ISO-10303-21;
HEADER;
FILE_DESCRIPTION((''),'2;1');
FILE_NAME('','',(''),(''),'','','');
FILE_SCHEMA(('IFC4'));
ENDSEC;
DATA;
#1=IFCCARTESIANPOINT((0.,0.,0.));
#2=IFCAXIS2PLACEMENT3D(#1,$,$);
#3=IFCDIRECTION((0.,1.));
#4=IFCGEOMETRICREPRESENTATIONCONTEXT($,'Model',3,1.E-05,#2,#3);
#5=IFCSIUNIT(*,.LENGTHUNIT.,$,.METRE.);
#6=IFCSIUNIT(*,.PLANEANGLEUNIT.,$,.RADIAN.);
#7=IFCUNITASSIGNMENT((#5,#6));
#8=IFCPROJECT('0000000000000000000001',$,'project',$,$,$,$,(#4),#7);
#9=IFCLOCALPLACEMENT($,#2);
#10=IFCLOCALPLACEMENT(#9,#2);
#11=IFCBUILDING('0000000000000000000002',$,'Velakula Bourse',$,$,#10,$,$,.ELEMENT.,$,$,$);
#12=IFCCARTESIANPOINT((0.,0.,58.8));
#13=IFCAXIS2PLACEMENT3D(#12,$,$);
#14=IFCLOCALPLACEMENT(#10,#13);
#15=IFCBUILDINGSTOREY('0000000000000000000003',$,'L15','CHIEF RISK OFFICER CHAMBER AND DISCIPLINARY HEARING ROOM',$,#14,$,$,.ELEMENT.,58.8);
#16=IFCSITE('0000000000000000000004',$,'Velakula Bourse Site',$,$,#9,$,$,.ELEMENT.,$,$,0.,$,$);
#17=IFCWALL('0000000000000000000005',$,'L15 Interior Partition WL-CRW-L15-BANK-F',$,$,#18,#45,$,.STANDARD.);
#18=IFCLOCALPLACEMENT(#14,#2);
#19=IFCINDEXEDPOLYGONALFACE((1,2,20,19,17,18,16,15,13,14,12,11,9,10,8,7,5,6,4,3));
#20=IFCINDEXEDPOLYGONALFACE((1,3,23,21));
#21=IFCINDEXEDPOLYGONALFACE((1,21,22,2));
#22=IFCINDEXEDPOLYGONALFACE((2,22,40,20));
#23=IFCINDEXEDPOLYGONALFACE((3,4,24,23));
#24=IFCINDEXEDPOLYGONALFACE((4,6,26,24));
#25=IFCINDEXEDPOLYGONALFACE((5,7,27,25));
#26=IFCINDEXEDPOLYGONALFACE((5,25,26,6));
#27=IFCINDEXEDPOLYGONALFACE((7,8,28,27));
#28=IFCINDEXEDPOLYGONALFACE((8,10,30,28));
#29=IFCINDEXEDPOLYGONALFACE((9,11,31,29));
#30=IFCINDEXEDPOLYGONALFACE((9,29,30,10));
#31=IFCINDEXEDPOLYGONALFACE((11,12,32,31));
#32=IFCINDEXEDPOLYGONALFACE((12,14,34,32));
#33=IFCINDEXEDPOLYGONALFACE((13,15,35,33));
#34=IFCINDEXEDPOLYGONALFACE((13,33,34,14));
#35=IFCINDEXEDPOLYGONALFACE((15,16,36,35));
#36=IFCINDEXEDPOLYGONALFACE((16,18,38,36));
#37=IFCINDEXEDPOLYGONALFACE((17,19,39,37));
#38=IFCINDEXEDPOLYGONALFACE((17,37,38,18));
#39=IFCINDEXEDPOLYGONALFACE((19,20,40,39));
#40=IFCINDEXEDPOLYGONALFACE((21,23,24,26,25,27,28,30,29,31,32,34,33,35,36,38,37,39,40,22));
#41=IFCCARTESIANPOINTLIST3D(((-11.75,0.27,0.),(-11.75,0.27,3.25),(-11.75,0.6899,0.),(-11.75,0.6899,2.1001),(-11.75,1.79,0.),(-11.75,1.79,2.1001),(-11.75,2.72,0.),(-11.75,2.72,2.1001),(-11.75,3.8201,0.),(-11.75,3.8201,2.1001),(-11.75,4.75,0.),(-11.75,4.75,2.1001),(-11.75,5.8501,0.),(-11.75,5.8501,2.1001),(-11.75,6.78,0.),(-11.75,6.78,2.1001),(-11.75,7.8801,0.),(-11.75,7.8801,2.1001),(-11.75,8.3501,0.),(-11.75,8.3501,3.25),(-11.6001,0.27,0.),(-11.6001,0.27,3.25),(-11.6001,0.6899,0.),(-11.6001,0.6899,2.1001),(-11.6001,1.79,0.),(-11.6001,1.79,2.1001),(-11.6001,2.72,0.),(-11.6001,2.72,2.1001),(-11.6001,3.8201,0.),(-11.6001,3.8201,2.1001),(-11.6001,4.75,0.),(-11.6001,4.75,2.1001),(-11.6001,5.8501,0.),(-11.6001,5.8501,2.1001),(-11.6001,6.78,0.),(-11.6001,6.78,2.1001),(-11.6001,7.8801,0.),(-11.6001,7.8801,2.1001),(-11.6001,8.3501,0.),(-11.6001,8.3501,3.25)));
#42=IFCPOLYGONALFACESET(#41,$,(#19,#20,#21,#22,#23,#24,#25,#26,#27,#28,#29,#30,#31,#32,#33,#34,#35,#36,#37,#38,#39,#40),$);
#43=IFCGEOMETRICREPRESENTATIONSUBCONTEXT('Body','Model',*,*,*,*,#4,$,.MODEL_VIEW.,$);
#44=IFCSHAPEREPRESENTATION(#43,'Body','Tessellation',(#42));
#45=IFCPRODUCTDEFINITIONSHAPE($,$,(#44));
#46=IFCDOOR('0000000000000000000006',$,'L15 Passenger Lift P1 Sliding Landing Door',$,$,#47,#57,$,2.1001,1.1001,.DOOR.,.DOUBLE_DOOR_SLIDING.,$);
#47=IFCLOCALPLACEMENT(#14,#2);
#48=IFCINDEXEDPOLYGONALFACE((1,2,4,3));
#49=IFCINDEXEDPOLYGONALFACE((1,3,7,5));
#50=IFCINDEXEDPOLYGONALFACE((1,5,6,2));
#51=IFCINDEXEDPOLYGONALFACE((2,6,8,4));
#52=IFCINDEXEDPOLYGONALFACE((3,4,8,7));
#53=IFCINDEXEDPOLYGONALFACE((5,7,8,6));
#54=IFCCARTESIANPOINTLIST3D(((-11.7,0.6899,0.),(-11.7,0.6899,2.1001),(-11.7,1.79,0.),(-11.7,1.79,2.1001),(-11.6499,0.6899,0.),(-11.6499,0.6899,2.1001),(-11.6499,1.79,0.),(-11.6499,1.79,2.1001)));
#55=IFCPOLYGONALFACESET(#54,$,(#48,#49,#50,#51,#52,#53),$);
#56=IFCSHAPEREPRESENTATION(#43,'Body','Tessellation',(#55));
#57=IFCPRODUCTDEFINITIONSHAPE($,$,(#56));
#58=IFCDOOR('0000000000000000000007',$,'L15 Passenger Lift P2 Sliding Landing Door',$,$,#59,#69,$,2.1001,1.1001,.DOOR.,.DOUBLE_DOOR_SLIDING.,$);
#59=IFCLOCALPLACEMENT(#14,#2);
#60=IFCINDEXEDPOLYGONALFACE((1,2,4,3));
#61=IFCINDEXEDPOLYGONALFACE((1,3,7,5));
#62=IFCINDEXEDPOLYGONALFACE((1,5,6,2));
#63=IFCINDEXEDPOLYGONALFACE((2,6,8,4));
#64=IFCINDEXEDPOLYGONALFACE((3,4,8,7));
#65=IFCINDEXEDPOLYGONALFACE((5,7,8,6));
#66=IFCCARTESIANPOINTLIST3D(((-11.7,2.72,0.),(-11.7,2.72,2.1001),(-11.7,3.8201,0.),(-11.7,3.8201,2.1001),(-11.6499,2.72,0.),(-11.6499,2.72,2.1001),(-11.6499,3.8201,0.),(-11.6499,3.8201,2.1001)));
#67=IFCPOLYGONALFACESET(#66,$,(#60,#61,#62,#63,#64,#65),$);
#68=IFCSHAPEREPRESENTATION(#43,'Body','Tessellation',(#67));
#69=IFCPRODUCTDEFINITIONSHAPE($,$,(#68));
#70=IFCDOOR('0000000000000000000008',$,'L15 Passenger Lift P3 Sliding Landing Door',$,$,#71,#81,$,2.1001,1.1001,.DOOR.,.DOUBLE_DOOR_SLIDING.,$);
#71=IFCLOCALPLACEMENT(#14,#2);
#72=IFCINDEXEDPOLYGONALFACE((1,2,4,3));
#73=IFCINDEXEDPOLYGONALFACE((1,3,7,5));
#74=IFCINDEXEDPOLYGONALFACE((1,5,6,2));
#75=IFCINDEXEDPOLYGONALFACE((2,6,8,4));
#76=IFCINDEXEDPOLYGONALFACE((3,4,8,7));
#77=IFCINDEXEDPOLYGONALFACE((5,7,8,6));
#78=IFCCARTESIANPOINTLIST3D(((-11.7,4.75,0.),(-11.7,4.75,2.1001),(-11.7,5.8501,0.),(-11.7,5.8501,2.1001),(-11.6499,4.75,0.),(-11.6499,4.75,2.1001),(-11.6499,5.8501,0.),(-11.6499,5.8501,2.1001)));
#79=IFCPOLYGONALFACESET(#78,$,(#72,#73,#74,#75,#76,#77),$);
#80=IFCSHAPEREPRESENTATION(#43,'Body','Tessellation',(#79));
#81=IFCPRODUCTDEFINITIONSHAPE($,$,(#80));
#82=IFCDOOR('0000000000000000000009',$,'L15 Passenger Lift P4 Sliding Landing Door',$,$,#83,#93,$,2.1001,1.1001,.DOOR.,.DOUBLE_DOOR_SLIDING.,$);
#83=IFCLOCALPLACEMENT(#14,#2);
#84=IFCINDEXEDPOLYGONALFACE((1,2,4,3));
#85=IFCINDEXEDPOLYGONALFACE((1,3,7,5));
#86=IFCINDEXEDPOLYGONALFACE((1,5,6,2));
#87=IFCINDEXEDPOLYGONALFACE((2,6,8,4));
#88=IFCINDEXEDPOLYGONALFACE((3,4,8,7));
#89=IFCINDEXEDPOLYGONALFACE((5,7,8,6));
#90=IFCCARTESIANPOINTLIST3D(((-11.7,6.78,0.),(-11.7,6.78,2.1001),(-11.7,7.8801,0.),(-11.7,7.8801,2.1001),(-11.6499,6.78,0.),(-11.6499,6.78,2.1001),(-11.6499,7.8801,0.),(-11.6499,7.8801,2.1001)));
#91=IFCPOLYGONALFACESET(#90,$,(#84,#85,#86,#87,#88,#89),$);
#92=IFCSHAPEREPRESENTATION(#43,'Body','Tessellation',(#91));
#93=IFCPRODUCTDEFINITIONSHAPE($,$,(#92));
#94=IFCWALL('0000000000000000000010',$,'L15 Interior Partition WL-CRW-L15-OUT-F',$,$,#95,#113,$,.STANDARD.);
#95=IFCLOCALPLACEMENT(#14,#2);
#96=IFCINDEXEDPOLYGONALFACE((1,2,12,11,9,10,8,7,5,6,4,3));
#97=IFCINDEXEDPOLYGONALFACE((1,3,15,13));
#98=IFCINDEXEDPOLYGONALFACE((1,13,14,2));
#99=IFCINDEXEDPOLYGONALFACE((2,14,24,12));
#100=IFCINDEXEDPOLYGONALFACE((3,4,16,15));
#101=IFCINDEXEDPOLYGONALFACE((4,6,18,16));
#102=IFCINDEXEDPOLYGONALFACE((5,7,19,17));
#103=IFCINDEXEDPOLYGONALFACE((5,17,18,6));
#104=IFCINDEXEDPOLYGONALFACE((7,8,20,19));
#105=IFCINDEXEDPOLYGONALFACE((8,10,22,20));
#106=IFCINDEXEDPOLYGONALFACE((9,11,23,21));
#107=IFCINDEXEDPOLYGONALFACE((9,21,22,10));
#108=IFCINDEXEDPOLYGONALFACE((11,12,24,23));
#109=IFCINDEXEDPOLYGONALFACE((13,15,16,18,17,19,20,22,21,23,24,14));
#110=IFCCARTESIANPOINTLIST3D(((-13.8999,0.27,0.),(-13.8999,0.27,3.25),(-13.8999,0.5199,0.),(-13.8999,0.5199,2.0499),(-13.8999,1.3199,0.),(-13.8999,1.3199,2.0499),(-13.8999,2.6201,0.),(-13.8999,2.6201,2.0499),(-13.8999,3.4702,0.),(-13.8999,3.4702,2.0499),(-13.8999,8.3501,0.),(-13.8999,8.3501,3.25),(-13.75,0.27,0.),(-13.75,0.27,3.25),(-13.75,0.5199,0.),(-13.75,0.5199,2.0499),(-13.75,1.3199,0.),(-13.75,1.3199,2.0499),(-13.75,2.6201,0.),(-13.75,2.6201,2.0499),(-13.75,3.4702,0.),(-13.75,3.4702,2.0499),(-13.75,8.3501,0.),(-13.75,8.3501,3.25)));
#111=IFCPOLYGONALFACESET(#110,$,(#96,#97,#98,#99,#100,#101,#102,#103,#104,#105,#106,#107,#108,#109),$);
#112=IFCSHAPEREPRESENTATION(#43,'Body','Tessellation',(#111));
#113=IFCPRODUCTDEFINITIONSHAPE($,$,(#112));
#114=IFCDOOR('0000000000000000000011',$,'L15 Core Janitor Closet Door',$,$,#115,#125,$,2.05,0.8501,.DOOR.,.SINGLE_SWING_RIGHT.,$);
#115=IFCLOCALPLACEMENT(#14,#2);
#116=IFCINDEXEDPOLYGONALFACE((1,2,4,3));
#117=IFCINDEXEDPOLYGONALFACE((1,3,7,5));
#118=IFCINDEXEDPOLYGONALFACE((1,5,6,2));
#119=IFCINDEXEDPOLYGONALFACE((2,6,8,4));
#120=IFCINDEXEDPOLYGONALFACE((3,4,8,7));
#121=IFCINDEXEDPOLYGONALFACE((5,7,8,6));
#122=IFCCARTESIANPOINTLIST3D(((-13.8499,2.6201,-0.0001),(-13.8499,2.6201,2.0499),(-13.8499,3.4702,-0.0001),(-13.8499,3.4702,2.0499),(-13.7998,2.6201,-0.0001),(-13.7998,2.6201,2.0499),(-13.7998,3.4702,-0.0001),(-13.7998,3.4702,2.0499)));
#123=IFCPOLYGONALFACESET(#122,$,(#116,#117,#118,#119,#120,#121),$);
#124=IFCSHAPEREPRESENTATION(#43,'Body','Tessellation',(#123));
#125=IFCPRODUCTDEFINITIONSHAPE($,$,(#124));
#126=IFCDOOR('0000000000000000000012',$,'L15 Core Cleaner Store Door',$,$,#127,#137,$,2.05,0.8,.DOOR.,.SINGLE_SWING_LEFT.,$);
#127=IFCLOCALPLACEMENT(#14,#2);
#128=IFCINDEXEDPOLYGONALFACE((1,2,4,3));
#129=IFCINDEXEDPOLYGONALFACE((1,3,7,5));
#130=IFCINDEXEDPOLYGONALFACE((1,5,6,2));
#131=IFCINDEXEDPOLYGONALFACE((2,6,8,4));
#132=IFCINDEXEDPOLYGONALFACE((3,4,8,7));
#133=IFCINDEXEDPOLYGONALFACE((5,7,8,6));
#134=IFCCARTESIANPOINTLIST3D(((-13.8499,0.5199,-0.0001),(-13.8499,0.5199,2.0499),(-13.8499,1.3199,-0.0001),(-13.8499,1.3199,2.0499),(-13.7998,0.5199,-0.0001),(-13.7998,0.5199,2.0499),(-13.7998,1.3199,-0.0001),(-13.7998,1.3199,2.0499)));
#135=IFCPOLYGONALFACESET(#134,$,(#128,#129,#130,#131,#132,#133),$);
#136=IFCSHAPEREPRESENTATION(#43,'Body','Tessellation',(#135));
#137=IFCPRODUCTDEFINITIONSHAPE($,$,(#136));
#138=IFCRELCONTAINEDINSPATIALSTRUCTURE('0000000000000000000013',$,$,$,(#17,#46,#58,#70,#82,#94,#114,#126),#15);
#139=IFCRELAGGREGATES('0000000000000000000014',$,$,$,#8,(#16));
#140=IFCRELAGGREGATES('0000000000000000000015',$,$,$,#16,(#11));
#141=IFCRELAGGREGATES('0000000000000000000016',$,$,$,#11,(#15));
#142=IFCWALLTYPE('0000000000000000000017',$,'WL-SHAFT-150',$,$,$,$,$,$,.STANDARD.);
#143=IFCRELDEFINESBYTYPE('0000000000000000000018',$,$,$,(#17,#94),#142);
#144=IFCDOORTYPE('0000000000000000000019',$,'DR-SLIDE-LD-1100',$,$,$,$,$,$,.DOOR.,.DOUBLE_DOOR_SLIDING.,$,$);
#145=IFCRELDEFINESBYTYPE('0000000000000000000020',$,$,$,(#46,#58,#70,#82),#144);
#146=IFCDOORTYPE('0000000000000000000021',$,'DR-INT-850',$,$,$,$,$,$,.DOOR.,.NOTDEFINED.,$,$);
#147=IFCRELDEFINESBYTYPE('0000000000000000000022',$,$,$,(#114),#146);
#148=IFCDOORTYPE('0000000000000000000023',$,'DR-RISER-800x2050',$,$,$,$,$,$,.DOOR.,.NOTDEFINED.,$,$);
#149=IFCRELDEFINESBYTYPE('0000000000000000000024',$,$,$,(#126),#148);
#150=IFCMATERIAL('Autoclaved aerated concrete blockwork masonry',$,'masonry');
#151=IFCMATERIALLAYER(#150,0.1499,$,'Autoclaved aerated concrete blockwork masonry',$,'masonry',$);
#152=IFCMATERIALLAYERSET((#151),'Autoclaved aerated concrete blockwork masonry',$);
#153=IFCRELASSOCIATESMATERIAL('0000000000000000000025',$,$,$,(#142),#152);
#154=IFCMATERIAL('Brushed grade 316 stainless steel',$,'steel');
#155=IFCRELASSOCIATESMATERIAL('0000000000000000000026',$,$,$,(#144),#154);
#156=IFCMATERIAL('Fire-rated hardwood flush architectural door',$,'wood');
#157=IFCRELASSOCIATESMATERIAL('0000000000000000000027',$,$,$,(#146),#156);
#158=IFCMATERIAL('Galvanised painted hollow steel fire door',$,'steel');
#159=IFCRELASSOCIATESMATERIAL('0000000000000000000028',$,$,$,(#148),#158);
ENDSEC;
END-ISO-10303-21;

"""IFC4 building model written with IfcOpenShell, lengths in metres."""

from ifc_helpers import new_model, si_unit, direction, frame, frame_2d, origin, place, context, subcontext, project, spatial, rectangle, extrude, material, layer, layer_set, type_object, element, fill, save


model = new_model("IFC4")

# Units and contexts
model_context = context("Model", 3, precision=1e-05, world=origin(), true_north=direction((0.0, 1.0)))
body_context = subcontext(model_context, "Body", "Model", "MODEL_VIEW")
ifc_project = project(units=[si_unit("LENGTHUNIT", "METRE"), si_unit("PLANEANGLEUNIT", "RADIAN")], contexts=[model_context])

# Site, building, storey
site_placement = place(None, origin())
site = spatial("IfcSite", under=ifc_project, at=site_placement, Name="Velakula Bourse Site", CompositionType="ELEMENT", RefElevation=0.0)
building_placement = place(site_placement, origin())
building = spatial("IfcBuilding", under=site, at=building_placement, Name="Velakula Bourse", CompositionType="ELEMENT")
storey_placement = place(building_placement, frame((0.0, 0.0, 58.8)))
storey = spatial("IfcBuildingStorey", under=building, at=storey_placement, Name="L15", Description="CHIEF RISK OFFICER CHAMBER AND DISCIPLINARY HEARING ROOM", CompositionType="ELEMENT", Elevation=58.8)

# Shared definitions
ifc_material_1 = material(Name="Fire-rated hardwood flush architectural door", Category="wood")

# Shared definitions
ifc_material_2 = material(Name="Autoclaved aerated concrete blockwork masonry", Category="masonry")
ifc_layer_1 = layer(ifc_material_2, 0.1499, Name="Autoclaved aerated concrete blockwork masonry", Category="masonry")
ifc_layer_set_1 = layer_set([ifc_layer_1], Name="Autoclaved aerated concrete blockwork masonry")
wall_type_1 = type_object("IfcWallType", Name="WL-SHAFT-150", PredefinedType="STANDARD", material=ifc_layer_set_1)

# Walls, openings, doors
wall_1_placement = place(storey_placement, frame((-11.675, 0.27, 0.0), z_axis=(0.0, 0.0, 1.0), x_axis=(0.0, 1.0, 0.0)))
wall_1 = element("IfcWall", 1, at=wall_1_placement, inside=storey, type_object=wall_type_1, Name="L15 Interior Partition WL-CRW-L15-BANK-F", PredefinedType="STANDARD", context=body_context, shape_type="SweptSolid", body=[
    extrude(rectangle(XDim=8.0801, YDim=0.1499, at=frame_2d((4.04, 0.0))), origin(), (0.0, 0.0, 1.0), 3.25),
])
opening_1_placement = place(wall_1_placement, frame((0.4199, 0.0, 0.0)))
opening_1 = element("IfcOpeningElement", 2, at=opening_1_placement, cuts=wall_1, PredefinedType="OPENING", context=body_context, shape_type="SweptSolid", body=[
    extrude(rectangle(XDim=1.1001, YDim=2.1001, at=frame_2d((0.55, 1.05))), frame((0.0, 0.085, 0.0), z_axis=(0.0, -1.0, 0.0), x_axis=(1.0, 0.0, 0.0)), (0.0, 0.0, 1.0), 0.1699),
])
opening_2_placement = place(wall_1_placement, frame((2.45, 0.0, 0.0)))
opening_2 = element("IfcOpeningElement", 3, at=opening_2_placement, cuts=wall_1, PredefinedType="OPENING", context=body_context, shape_type="SweptSolid", body=[
    extrude(rectangle(XDim=1.1001, YDim=2.1001, at=frame_2d((0.55, 1.05))), frame((0.0, 0.085, 0.0), z_axis=(0.0, -1.0, 0.0), x_axis=(1.0, 0.0, 0.0)), (0.0, 0.0, 1.0), 0.1699),
])
opening_3_placement = place(wall_1_placement, frame((4.48, 0.0, 0.0)))
opening_3 = element("IfcOpeningElement", 4, at=opening_3_placement, cuts=wall_1, PredefinedType="OPENING", context=body_context, shape_type="SweptSolid", body=[
    extrude(rectangle(XDim=1.1001, YDim=2.1001, at=frame_2d((0.55, 1.05))), frame((0.0, 0.085, 0.0), z_axis=(0.0, -1.0, 0.0), x_axis=(1.0, 0.0, 0.0)), (0.0, 0.0, 1.0), 0.1699),
])
opening_4_placement = place(wall_1_placement, frame((6.51, 0.0, 0.0)))
opening_4 = element("IfcOpeningElement", 5, at=opening_4_placement, cuts=wall_1, PredefinedType="OPENING", context=body_context, shape_type="SweptSolid", body=[
    extrude(rectangle(XDim=1.1001, YDim=2.1001, at=frame_2d((0.55, 1.05))), frame((0.0, 0.085, 0.0), z_axis=(0.0, -1.0, 0.0), x_axis=(1.0, 0.0, 0.0)), (0.0, 0.0, 1.0), 0.1699),
])
ifc_material_3 = material(Name="Brushed grade 316 stainless steel", Category="steel")
door_type_1 = type_object("IfcDoorType", Name="DR-SLIDE-LD-1100", OperationType="DOUBLE_DOOR_SLIDING", PredefinedType="DOOR", material=ifc_material_3)
door_1_placement = place(opening_1_placement, origin())
door_1 = element("IfcDoor", 6, at=door_1_placement, inside=storey, type_object=door_type_1, Name="L15 Passenger Lift P1 Sliding Landing Door", OperationType="DOUBLE_DOOR_SLIDING", OverallHeight=2.1001, OverallWidth=1.1001, PredefinedType="DOOR", context=body_context, shape_type="SweptSolid", body=[
    extrude(rectangle(XDim=1.1001, YDim=2.1001, at=frame_2d((0.55, 1.05))), frame((0.0, 0.0249, 0.0), z_axis=(0.0, -1.0, 0.0), x_axis=(1.0, 0.0, 0.0)), (0.0, 0.0, 1.0), 0.05),
])
fill(opening_1, door_1)
door_2_placement = place(opening_2_placement, origin())
door_2 = element("IfcDoor", 7, at=door_2_placement, inside=storey, type_object=door_type_1, Name="L15 Passenger Lift P2 Sliding Landing Door", OperationType="DOUBLE_DOOR_SLIDING", OverallHeight=2.1001, OverallWidth=1.1001, PredefinedType="DOOR", context=body_context, shape_type="SweptSolid", body=[
    extrude(rectangle(XDim=1.1001, YDim=2.1001, at=frame_2d((0.55, 1.05))), frame((0.0, 0.0249, 0.0), z_axis=(0.0, -1.0, 0.0), x_axis=(1.0, 0.0, 0.0)), (0.0, 0.0, 1.0), 0.05),
])
fill(opening_2, door_2)
door_3_placement = place(opening_3_placement, origin())
door_3 = element("IfcDoor", 8, at=door_3_placement, inside=storey, type_object=door_type_1, Name="L15 Passenger Lift P3 Sliding Landing Door", OperationType="DOUBLE_DOOR_SLIDING", OverallHeight=2.1001, OverallWidth=1.1001, PredefinedType="DOOR", context=body_context, shape_type="SweptSolid", body=[
    extrude(rectangle(XDim=1.1001, YDim=2.1001, at=frame_2d((0.55, 1.05))), frame((0.0, 0.0249, 0.0), z_axis=(0.0, -1.0, 0.0), x_axis=(1.0, 0.0, 0.0)), (0.0, 0.0, 1.0), 0.05),
])
fill(opening_3, door_3)
door_4_placement = place(opening_4_placement, origin())
door_4 = element("IfcDoor", 9, at=door_4_placement, inside=storey, type_object=door_type_1, Name="L15 Passenger Lift P4 Sliding Landing Door", OperationType="DOUBLE_DOOR_SLIDING", OverallHeight=2.1001, OverallWidth=1.1001, PredefinedType="DOOR", context=body_context, shape_type="SweptSolid", body=[
    extrude(rectangle(XDim=1.1001, YDim=2.1001, at=frame_2d((0.55, 1.05))), frame((0.0, 0.0249, 0.0), z_axis=(0.0, -1.0, 0.0), x_axis=(1.0, 0.0, 0.0)), (0.0, 0.0, 1.0), 0.05),
])
fill(opening_4, door_4)
wall_2_placement = place(storey_placement, frame((-13.825, 0.27, 0.0), z_axis=(0.0, 0.0, 1.0), x_axis=(0.0, 1.0, 0.0)))
wall_2 = element("IfcWall", 10, at=wall_2_placement, inside=storey, type_object=wall_type_1, Name="L15 Interior Partition WL-CRW-L15-OUT-F", PredefinedType="STANDARD", context=body_context, shape_type="SweptSolid", body=[
    extrude(rectangle(XDim=8.0801, YDim=0.1499, at=frame_2d((4.04, 0.0))), origin(), (0.0, 0.0, 1.0), 3.25),
])
opening_5_placement = place(wall_2_placement, frame((0.25, 0.0, 0.0)))
opening_5 = element("IfcOpeningElement", 11, at=opening_5_placement, cuts=wall_2, PredefinedType="OPENING", context=body_context, shape_type="SweptSolid", body=[
    extrude(rectangle(XDim=0.8, YDim=2.05, at=frame_2d((0.3999, 1.0249))), frame((0.0, 0.085, 0.0), z_axis=(0.0, -1.0, 0.0), x_axis=(1.0, 0.0, 0.0)), (0.0, 0.0, 1.0), 0.1699),
])
opening_6_placement = place(wall_2_placement, frame((2.3501, 0.0, 0.0)))
opening_6 = element("IfcOpeningElement", 12, at=opening_6_placement, cuts=wall_2, PredefinedType="OPENING", context=body_context, shape_type="SweptSolid", body=[
    extrude(rectangle(XDim=0.8501, YDim=2.05, at=frame_2d((0.425, 1.0249))), frame((0.0, 0.085, 0.0), z_axis=(0.0, -1.0, 0.0), x_axis=(1.0, 0.0, 0.0)), (0.0, 0.0, 1.0), 0.1699),
])
door_type_2 = type_object("IfcDoorType", Name="DR-INT-850", OperationType="NOTDEFINED", PredefinedType="DOOR", material=ifc_material_1)
door_5_placement = place(opening_6_placement, origin())
door_5 = element("IfcDoor", 13, at=door_5_placement, inside=storey, type_object=door_type_2, Name="L15 Core Janitor Closet Door", OperationType="SINGLE_SWING_RIGHT", OverallHeight=2.05, OverallWidth=0.8501, PredefinedType="DOOR", context=body_context, shape_type="SweptSolid", body=[
    extrude(rectangle(XDim=0.8501, YDim=2.05, at=frame_2d((0.425, 1.0249))), frame((0.0, 0.0249, 0.0), z_axis=(0.0, -1.0, 0.0), x_axis=(1.0, 0.0, 0.0)), (0.0, 0.0, 1.0), 0.05),
])
fill(opening_6, door_5)
ifc_material_4 = material(Name="Galvanised painted hollow steel fire door", Category="steel")
door_type_3 = type_object("IfcDoorType", Name="DR-RISER-800x2050", OperationType="NOTDEFINED", PredefinedType="DOOR", material=ifc_material_4)
door_6_placement = place(opening_5_placement, origin())
door_6 = element("IfcDoor", 14, at=door_6_placement, inside=storey, type_object=door_type_3, Name="L15 Core Cleaner Store Door", OperationType="SINGLE_SWING_LEFT", OverallHeight=2.05, OverallWidth=0.8, PredefinedType="DOOR", context=body_context, shape_type="SweptSolid", body=[
    extrude(rectangle(XDim=0.8, YDim=2.05, at=frame_2d((0.3999, 1.0249))), frame((0.0, 0.0249, 0.0), z_axis=(0.0, -1.0, 0.0), x_axis=(1.0, 0.0, 0.0)), (0.0, 0.0, 1.0), 0.05),
])
fill(opening_5, door_6)

save(model, "model.ifc")
